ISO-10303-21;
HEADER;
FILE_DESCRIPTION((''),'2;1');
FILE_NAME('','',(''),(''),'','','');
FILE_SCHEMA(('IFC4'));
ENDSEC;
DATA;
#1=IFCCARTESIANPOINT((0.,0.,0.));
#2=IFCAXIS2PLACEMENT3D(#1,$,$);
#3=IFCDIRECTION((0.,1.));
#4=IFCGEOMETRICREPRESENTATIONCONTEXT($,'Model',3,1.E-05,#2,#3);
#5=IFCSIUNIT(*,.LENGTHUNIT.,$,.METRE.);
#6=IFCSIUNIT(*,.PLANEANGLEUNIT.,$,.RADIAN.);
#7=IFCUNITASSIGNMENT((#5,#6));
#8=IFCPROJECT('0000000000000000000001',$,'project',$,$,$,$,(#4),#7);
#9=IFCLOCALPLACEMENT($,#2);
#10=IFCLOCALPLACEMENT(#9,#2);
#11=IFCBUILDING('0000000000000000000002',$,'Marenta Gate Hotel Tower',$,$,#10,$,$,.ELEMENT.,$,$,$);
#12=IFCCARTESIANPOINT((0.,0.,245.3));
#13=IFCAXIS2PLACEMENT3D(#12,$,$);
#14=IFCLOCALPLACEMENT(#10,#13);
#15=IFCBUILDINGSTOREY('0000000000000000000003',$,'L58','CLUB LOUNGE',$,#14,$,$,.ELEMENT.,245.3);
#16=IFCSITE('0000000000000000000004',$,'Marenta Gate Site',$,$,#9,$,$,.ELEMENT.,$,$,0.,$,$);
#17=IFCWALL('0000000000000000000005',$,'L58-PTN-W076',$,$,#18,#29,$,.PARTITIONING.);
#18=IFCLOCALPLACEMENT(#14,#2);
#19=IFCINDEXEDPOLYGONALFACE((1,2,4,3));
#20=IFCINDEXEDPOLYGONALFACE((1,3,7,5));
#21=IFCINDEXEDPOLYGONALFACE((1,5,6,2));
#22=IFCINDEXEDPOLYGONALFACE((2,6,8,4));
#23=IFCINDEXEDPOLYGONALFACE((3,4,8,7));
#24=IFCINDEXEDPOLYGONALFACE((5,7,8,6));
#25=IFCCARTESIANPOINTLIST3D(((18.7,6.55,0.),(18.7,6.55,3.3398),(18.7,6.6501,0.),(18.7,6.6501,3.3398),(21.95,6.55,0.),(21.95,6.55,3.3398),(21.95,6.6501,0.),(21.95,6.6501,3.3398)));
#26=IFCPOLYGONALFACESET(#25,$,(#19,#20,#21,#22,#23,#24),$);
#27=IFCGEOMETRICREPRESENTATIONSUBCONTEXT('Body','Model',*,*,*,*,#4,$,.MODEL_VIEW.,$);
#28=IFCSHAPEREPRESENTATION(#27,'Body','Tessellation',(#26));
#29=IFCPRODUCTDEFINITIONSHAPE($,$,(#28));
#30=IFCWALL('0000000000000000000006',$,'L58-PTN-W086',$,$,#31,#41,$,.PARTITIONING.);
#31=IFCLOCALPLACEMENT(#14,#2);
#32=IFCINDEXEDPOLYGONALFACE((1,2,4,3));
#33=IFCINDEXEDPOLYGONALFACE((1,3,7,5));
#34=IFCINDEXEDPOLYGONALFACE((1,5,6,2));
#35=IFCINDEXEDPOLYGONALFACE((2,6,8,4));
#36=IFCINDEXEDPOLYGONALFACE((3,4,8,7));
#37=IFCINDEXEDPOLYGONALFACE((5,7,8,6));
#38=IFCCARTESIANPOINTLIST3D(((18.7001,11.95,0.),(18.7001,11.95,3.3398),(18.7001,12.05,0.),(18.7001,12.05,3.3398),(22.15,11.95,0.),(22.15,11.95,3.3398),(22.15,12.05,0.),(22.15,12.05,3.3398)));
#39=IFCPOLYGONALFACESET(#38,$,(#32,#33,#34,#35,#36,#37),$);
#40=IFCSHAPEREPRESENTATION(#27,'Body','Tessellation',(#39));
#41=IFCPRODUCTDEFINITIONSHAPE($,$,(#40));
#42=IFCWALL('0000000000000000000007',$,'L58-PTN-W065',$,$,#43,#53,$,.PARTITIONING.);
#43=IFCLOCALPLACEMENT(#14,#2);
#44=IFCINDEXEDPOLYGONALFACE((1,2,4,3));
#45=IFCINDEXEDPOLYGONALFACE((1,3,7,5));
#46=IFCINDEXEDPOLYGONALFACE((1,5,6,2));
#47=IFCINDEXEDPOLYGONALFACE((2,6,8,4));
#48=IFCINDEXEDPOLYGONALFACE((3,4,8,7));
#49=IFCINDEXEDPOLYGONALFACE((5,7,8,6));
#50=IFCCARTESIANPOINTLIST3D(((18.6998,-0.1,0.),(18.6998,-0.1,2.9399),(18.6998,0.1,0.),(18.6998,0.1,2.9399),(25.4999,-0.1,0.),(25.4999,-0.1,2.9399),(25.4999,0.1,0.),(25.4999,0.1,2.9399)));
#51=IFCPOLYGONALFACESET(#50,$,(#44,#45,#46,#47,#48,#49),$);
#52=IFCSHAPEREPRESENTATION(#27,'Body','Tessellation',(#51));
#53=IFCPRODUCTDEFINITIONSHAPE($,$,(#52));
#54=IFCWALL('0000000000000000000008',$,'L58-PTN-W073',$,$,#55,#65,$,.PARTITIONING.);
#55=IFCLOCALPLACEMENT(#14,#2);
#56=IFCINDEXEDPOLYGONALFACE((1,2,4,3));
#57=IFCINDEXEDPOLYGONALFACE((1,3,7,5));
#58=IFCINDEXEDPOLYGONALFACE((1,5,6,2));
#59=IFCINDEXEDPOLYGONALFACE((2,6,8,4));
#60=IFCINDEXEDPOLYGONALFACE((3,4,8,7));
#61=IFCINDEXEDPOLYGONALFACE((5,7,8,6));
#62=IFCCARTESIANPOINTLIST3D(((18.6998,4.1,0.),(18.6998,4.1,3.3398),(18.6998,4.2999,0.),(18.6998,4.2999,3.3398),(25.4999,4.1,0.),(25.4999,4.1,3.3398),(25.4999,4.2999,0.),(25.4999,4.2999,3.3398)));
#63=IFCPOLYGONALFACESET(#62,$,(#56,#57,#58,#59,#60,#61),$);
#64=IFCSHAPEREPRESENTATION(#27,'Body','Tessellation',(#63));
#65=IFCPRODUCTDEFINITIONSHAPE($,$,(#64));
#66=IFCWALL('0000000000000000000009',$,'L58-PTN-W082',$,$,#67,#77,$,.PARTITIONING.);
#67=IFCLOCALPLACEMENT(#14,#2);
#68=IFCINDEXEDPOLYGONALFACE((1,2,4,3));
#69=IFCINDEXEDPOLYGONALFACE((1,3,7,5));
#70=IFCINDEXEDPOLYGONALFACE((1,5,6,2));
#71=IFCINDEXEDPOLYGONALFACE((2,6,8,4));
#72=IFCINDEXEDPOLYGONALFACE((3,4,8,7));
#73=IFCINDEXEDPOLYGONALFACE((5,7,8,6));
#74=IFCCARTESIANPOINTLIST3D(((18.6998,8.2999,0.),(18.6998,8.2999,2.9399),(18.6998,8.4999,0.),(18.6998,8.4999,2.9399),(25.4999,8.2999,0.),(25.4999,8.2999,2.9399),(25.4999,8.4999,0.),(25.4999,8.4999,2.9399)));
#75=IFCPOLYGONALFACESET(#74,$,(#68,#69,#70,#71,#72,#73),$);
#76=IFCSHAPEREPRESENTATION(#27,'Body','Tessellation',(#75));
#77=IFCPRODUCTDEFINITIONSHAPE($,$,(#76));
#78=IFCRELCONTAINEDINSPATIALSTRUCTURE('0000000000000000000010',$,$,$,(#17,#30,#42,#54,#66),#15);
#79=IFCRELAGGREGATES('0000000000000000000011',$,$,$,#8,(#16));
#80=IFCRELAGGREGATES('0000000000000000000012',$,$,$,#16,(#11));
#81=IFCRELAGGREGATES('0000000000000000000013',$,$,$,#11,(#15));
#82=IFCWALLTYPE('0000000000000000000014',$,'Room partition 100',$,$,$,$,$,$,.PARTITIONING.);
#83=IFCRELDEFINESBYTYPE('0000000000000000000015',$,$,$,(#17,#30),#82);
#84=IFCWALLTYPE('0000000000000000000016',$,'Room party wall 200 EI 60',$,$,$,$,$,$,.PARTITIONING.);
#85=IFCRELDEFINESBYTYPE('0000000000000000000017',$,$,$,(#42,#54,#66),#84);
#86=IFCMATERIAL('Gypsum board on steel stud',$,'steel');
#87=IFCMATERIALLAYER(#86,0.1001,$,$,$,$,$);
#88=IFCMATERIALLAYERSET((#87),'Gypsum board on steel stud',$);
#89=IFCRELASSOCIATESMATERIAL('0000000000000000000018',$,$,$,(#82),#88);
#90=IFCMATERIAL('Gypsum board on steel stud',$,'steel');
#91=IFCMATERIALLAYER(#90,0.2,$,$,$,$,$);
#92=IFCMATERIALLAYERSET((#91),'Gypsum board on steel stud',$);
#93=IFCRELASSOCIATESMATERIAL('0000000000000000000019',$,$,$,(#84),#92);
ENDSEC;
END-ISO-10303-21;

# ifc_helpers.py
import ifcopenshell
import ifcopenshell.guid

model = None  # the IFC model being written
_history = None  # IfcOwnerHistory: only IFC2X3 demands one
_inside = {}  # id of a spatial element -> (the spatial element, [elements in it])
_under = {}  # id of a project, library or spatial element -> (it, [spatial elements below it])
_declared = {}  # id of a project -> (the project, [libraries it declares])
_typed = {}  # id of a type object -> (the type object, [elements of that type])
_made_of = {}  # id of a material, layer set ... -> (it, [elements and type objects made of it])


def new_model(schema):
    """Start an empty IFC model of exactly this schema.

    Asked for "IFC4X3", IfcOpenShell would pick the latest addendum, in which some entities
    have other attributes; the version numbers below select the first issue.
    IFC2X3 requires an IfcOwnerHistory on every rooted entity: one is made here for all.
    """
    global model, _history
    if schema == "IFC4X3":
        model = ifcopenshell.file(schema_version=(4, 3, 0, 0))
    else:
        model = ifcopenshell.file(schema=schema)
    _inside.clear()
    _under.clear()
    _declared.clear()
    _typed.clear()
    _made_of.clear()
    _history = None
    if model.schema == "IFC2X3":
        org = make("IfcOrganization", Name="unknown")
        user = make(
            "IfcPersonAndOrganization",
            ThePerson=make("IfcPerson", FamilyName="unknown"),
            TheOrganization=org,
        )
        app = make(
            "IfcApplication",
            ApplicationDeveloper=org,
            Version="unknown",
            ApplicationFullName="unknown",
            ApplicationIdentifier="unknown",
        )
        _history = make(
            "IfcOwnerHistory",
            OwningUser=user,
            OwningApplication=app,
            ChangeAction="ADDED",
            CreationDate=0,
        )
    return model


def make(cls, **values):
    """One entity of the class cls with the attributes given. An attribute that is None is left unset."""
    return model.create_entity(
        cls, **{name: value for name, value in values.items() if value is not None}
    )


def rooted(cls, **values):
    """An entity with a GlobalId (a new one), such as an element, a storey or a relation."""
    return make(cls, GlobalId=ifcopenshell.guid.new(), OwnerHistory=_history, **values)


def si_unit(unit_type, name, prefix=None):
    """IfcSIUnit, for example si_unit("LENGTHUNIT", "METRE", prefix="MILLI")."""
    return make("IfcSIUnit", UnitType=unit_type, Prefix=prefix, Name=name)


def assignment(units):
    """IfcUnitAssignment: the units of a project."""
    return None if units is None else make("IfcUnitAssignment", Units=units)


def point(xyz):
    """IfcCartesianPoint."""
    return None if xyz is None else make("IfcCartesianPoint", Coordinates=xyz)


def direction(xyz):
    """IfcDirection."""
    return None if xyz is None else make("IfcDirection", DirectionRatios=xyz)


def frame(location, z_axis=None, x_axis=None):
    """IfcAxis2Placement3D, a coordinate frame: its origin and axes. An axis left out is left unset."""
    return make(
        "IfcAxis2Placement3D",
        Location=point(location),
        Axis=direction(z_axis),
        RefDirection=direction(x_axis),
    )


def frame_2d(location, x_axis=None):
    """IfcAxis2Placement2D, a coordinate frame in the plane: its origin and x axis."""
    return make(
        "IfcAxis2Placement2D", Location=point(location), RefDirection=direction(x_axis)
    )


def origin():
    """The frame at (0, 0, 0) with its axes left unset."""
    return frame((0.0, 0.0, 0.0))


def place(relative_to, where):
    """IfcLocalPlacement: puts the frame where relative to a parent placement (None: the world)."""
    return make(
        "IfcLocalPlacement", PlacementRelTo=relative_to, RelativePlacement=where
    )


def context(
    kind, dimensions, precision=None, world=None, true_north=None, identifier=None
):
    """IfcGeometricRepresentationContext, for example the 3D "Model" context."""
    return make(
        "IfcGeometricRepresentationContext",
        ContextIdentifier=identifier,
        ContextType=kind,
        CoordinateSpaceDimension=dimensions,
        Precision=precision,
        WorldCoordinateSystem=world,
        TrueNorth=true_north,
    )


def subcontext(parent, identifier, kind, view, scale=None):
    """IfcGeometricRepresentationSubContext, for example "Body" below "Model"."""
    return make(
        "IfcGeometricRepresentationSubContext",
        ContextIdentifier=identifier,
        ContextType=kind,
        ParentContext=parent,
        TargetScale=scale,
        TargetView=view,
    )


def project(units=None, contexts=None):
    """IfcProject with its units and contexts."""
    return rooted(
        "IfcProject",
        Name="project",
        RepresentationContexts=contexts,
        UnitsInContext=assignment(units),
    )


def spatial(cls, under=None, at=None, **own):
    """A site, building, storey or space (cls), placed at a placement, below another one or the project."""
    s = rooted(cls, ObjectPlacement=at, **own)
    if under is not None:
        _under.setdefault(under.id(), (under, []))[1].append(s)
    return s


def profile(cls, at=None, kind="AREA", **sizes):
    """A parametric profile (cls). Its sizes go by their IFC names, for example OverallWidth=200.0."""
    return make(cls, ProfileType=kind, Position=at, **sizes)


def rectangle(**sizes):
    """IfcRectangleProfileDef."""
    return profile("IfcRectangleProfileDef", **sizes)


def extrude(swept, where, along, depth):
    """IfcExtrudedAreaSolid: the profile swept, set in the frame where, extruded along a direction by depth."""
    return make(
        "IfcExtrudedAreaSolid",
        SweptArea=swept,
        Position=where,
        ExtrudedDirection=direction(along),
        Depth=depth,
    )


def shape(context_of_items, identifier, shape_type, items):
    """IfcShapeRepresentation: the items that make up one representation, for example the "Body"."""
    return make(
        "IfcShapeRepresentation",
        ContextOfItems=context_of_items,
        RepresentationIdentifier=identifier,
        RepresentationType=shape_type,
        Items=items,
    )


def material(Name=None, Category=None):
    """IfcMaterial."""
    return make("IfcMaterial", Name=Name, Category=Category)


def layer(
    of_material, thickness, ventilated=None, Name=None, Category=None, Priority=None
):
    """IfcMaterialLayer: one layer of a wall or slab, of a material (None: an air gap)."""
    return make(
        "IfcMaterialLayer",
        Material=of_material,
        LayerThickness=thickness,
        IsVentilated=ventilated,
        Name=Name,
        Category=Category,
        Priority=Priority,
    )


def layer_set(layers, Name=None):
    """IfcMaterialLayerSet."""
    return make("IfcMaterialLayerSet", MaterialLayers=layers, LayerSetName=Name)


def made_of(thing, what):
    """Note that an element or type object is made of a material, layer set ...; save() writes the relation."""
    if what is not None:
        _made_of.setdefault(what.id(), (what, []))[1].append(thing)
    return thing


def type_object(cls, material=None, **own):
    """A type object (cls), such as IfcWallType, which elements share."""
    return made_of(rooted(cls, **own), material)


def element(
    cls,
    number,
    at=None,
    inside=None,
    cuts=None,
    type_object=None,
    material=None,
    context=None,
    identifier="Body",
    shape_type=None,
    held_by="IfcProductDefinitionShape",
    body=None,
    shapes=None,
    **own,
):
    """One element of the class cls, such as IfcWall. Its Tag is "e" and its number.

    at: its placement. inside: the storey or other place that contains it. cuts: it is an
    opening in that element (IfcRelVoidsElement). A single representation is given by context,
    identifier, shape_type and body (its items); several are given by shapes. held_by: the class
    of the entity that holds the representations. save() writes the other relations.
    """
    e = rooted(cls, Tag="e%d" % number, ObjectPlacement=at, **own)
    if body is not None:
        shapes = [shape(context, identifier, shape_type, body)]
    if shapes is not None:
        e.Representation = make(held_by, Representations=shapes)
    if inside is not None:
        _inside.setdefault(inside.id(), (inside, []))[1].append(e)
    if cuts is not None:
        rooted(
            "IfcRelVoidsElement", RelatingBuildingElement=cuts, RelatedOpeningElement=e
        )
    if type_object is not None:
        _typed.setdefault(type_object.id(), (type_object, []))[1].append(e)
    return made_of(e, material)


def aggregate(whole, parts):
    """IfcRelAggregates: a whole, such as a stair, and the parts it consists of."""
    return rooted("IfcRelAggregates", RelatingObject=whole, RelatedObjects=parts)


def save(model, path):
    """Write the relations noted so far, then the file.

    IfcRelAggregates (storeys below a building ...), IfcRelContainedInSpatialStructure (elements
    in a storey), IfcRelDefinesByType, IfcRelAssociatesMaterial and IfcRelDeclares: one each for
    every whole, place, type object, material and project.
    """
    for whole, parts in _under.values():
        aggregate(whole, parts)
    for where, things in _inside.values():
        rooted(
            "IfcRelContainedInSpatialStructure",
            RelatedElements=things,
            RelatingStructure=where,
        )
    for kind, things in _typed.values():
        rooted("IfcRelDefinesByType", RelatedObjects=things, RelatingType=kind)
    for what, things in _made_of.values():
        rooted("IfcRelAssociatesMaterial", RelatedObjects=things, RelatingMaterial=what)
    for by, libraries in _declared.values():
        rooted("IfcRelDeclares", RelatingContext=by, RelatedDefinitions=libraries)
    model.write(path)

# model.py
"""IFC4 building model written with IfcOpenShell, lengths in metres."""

from ifc_helpers import new_model, si_unit, direction, frame, frame_2d, origin, place, context, subcontext, project, spatial, rectangle, extrude, material, layer, layer_set, type_object, element, save


model = new_model("IFC4")

# Units and contexts
model_context = context("Model", 3, precision=1e-05, world=origin(), true_north=direction((0.0, 1.0)))
body_context = subcontext(model_context, "Body", "Model", "MODEL_VIEW")
ifc_project = project(units=[si_unit("LENGTHUNIT", "METRE"), si_unit("PLANEANGLEUNIT", "RADIAN")], contexts=[model_context])

# Site, building, storey
site_placement = place(None, origin())
site = spatial("IfcSite", under=ifc_project, at=site_placement, Name="Marenta Gate Site", CompositionType="ELEMENT", RefElevation=0.0)
building_placement = place(site_placement, origin())
building = spatial("IfcBuilding", under=site, at=building_placement, Name="Marenta Gate Hotel Tower", CompositionType="ELEMENT")
storey_placement = place(building_placement, frame((0.0, 0.0, 245.3)))
storey = spatial("IfcBuildingStorey", under=building, at=storey_placement, Name="L58", Description="CLUB LOUNGE", CompositionType="ELEMENT", Elevation=245.3)

# Shared definitions
ifc_material_1 = material(Name="Gypsum board on steel stud", Category="steel")
ifc_layer_1 = layer(ifc_material_1, 0.1001)
ifc_layer_set_1 = layer_set([ifc_layer_1], Name="Gypsum board on steel stud")
wall_type_1 = type_object("IfcWallType", Name="Room partition 100", PredefinedType="PARTITIONING", material=ifc_layer_set_1)

# Walls
wall_1_placement = place(storey_placement, frame((18.7, 6.6001, 0.0), z_axis=(0.0, 0.0, 1.0), x_axis=(1.0, 0.0, 0.0)))
element("IfcWall", 1, at=wall_1_placement, inside=storey, type_object=wall_type_1, Name="L58-PTN-W076", PredefinedType="PARTITIONING", context=body_context, shape_type="SweptSolid", body=[
    extrude(rectangle(XDim=3.25, YDim=0.1001, at=frame_2d((1.625, 0.0))), origin(), (0.0, 0.0, 1.0), 3.3398),
])
wall_2_placement = place(storey_placement, frame((18.7, 12.0, 0.0), z_axis=(0.0, 0.0, 1.0), x_axis=(1.0, 0.0, 0.0)))
element("IfcWall", 2, at=wall_2_placement, inside=storey, type_object=wall_type_1, Name="L58-PTN-W086", PredefinedType="PARTITIONING", context=body_context, shape_type="SweptSolid", body=[
    extrude(rectangle(XDim=3.45, YDim=0.1001, at=frame_2d((1.7251, 0.0))), origin(), (0.0, 0.0, 1.0), 3.3398),
])
ifc_material_2 = material(Name="Gypsum board on steel stud", Category="steel")
ifc_layer_2 = layer(ifc_material_2, 0.2)
ifc_layer_set_2 = layer_set([ifc_layer_2], Name="Gypsum board on steel stud")
wall_type_2 = type_object("IfcWallType", Name="Room party wall 200 EI 60", PredefinedType="PARTITIONING", material=ifc_layer_set_2)
wall_3_placement = place(storey_placement, frame((18.7, 0.0, 0.0), z_axis=(0.0, 0.0, 1.0), x_axis=(1.0, 0.0, 0.0)))
element("IfcWall", 3, at=wall_3_placement, inside=storey, type_object=wall_type_2, Name="L58-PTN-W065", PredefinedType="PARTITIONING", context=body_context, shape_type="SweptSolid", body=[
    extrude(rectangle(XDim=6.8, YDim=0.2, at=frame_2d((3.3999, 0.0))), origin(), (0.0, 0.0, 1.0), 2.9399),
])
wall_4_placement = place(storey_placement, frame((18.7, 4.2, 0.0), z_axis=(0.0, 0.0, 1.0), x_axis=(1.0, 0.0, 0.0)))
element("IfcWall", 4, at=wall_4_placement, inside=storey, type_object=wall_type_2, Name="L58-PTN-W073", PredefinedType="PARTITIONING", context=body_context, shape_type="SweptSolid", body=[
    extrude(rectangle(XDim=6.8, YDim=0.2, at=frame_2d((3.3999, 0.0))), origin(), (0.0, 0.0, 1.0), 3.3398),
])
wall_5_placement = place(storey_placement, frame((18.7, 8.3999, 0.0), z_axis=(0.0, 0.0, 1.0), x_axis=(1.0, 0.0, 0.0)))
element("IfcWall", 5, at=wall_5_placement, inside=storey, type_object=wall_type_2, Name="L58-PTN-W082", PredefinedType="PARTITIONING", context=body_context, shape_type="SweptSolid", body=[
    extrude(rectangle(XDim=6.8, YDim=0.2, at=frame_2d((3.3999, 0.0))), origin(), (0.0, 0.0, 1.0), 2.9399),
])

save(model, "model.ifc")
